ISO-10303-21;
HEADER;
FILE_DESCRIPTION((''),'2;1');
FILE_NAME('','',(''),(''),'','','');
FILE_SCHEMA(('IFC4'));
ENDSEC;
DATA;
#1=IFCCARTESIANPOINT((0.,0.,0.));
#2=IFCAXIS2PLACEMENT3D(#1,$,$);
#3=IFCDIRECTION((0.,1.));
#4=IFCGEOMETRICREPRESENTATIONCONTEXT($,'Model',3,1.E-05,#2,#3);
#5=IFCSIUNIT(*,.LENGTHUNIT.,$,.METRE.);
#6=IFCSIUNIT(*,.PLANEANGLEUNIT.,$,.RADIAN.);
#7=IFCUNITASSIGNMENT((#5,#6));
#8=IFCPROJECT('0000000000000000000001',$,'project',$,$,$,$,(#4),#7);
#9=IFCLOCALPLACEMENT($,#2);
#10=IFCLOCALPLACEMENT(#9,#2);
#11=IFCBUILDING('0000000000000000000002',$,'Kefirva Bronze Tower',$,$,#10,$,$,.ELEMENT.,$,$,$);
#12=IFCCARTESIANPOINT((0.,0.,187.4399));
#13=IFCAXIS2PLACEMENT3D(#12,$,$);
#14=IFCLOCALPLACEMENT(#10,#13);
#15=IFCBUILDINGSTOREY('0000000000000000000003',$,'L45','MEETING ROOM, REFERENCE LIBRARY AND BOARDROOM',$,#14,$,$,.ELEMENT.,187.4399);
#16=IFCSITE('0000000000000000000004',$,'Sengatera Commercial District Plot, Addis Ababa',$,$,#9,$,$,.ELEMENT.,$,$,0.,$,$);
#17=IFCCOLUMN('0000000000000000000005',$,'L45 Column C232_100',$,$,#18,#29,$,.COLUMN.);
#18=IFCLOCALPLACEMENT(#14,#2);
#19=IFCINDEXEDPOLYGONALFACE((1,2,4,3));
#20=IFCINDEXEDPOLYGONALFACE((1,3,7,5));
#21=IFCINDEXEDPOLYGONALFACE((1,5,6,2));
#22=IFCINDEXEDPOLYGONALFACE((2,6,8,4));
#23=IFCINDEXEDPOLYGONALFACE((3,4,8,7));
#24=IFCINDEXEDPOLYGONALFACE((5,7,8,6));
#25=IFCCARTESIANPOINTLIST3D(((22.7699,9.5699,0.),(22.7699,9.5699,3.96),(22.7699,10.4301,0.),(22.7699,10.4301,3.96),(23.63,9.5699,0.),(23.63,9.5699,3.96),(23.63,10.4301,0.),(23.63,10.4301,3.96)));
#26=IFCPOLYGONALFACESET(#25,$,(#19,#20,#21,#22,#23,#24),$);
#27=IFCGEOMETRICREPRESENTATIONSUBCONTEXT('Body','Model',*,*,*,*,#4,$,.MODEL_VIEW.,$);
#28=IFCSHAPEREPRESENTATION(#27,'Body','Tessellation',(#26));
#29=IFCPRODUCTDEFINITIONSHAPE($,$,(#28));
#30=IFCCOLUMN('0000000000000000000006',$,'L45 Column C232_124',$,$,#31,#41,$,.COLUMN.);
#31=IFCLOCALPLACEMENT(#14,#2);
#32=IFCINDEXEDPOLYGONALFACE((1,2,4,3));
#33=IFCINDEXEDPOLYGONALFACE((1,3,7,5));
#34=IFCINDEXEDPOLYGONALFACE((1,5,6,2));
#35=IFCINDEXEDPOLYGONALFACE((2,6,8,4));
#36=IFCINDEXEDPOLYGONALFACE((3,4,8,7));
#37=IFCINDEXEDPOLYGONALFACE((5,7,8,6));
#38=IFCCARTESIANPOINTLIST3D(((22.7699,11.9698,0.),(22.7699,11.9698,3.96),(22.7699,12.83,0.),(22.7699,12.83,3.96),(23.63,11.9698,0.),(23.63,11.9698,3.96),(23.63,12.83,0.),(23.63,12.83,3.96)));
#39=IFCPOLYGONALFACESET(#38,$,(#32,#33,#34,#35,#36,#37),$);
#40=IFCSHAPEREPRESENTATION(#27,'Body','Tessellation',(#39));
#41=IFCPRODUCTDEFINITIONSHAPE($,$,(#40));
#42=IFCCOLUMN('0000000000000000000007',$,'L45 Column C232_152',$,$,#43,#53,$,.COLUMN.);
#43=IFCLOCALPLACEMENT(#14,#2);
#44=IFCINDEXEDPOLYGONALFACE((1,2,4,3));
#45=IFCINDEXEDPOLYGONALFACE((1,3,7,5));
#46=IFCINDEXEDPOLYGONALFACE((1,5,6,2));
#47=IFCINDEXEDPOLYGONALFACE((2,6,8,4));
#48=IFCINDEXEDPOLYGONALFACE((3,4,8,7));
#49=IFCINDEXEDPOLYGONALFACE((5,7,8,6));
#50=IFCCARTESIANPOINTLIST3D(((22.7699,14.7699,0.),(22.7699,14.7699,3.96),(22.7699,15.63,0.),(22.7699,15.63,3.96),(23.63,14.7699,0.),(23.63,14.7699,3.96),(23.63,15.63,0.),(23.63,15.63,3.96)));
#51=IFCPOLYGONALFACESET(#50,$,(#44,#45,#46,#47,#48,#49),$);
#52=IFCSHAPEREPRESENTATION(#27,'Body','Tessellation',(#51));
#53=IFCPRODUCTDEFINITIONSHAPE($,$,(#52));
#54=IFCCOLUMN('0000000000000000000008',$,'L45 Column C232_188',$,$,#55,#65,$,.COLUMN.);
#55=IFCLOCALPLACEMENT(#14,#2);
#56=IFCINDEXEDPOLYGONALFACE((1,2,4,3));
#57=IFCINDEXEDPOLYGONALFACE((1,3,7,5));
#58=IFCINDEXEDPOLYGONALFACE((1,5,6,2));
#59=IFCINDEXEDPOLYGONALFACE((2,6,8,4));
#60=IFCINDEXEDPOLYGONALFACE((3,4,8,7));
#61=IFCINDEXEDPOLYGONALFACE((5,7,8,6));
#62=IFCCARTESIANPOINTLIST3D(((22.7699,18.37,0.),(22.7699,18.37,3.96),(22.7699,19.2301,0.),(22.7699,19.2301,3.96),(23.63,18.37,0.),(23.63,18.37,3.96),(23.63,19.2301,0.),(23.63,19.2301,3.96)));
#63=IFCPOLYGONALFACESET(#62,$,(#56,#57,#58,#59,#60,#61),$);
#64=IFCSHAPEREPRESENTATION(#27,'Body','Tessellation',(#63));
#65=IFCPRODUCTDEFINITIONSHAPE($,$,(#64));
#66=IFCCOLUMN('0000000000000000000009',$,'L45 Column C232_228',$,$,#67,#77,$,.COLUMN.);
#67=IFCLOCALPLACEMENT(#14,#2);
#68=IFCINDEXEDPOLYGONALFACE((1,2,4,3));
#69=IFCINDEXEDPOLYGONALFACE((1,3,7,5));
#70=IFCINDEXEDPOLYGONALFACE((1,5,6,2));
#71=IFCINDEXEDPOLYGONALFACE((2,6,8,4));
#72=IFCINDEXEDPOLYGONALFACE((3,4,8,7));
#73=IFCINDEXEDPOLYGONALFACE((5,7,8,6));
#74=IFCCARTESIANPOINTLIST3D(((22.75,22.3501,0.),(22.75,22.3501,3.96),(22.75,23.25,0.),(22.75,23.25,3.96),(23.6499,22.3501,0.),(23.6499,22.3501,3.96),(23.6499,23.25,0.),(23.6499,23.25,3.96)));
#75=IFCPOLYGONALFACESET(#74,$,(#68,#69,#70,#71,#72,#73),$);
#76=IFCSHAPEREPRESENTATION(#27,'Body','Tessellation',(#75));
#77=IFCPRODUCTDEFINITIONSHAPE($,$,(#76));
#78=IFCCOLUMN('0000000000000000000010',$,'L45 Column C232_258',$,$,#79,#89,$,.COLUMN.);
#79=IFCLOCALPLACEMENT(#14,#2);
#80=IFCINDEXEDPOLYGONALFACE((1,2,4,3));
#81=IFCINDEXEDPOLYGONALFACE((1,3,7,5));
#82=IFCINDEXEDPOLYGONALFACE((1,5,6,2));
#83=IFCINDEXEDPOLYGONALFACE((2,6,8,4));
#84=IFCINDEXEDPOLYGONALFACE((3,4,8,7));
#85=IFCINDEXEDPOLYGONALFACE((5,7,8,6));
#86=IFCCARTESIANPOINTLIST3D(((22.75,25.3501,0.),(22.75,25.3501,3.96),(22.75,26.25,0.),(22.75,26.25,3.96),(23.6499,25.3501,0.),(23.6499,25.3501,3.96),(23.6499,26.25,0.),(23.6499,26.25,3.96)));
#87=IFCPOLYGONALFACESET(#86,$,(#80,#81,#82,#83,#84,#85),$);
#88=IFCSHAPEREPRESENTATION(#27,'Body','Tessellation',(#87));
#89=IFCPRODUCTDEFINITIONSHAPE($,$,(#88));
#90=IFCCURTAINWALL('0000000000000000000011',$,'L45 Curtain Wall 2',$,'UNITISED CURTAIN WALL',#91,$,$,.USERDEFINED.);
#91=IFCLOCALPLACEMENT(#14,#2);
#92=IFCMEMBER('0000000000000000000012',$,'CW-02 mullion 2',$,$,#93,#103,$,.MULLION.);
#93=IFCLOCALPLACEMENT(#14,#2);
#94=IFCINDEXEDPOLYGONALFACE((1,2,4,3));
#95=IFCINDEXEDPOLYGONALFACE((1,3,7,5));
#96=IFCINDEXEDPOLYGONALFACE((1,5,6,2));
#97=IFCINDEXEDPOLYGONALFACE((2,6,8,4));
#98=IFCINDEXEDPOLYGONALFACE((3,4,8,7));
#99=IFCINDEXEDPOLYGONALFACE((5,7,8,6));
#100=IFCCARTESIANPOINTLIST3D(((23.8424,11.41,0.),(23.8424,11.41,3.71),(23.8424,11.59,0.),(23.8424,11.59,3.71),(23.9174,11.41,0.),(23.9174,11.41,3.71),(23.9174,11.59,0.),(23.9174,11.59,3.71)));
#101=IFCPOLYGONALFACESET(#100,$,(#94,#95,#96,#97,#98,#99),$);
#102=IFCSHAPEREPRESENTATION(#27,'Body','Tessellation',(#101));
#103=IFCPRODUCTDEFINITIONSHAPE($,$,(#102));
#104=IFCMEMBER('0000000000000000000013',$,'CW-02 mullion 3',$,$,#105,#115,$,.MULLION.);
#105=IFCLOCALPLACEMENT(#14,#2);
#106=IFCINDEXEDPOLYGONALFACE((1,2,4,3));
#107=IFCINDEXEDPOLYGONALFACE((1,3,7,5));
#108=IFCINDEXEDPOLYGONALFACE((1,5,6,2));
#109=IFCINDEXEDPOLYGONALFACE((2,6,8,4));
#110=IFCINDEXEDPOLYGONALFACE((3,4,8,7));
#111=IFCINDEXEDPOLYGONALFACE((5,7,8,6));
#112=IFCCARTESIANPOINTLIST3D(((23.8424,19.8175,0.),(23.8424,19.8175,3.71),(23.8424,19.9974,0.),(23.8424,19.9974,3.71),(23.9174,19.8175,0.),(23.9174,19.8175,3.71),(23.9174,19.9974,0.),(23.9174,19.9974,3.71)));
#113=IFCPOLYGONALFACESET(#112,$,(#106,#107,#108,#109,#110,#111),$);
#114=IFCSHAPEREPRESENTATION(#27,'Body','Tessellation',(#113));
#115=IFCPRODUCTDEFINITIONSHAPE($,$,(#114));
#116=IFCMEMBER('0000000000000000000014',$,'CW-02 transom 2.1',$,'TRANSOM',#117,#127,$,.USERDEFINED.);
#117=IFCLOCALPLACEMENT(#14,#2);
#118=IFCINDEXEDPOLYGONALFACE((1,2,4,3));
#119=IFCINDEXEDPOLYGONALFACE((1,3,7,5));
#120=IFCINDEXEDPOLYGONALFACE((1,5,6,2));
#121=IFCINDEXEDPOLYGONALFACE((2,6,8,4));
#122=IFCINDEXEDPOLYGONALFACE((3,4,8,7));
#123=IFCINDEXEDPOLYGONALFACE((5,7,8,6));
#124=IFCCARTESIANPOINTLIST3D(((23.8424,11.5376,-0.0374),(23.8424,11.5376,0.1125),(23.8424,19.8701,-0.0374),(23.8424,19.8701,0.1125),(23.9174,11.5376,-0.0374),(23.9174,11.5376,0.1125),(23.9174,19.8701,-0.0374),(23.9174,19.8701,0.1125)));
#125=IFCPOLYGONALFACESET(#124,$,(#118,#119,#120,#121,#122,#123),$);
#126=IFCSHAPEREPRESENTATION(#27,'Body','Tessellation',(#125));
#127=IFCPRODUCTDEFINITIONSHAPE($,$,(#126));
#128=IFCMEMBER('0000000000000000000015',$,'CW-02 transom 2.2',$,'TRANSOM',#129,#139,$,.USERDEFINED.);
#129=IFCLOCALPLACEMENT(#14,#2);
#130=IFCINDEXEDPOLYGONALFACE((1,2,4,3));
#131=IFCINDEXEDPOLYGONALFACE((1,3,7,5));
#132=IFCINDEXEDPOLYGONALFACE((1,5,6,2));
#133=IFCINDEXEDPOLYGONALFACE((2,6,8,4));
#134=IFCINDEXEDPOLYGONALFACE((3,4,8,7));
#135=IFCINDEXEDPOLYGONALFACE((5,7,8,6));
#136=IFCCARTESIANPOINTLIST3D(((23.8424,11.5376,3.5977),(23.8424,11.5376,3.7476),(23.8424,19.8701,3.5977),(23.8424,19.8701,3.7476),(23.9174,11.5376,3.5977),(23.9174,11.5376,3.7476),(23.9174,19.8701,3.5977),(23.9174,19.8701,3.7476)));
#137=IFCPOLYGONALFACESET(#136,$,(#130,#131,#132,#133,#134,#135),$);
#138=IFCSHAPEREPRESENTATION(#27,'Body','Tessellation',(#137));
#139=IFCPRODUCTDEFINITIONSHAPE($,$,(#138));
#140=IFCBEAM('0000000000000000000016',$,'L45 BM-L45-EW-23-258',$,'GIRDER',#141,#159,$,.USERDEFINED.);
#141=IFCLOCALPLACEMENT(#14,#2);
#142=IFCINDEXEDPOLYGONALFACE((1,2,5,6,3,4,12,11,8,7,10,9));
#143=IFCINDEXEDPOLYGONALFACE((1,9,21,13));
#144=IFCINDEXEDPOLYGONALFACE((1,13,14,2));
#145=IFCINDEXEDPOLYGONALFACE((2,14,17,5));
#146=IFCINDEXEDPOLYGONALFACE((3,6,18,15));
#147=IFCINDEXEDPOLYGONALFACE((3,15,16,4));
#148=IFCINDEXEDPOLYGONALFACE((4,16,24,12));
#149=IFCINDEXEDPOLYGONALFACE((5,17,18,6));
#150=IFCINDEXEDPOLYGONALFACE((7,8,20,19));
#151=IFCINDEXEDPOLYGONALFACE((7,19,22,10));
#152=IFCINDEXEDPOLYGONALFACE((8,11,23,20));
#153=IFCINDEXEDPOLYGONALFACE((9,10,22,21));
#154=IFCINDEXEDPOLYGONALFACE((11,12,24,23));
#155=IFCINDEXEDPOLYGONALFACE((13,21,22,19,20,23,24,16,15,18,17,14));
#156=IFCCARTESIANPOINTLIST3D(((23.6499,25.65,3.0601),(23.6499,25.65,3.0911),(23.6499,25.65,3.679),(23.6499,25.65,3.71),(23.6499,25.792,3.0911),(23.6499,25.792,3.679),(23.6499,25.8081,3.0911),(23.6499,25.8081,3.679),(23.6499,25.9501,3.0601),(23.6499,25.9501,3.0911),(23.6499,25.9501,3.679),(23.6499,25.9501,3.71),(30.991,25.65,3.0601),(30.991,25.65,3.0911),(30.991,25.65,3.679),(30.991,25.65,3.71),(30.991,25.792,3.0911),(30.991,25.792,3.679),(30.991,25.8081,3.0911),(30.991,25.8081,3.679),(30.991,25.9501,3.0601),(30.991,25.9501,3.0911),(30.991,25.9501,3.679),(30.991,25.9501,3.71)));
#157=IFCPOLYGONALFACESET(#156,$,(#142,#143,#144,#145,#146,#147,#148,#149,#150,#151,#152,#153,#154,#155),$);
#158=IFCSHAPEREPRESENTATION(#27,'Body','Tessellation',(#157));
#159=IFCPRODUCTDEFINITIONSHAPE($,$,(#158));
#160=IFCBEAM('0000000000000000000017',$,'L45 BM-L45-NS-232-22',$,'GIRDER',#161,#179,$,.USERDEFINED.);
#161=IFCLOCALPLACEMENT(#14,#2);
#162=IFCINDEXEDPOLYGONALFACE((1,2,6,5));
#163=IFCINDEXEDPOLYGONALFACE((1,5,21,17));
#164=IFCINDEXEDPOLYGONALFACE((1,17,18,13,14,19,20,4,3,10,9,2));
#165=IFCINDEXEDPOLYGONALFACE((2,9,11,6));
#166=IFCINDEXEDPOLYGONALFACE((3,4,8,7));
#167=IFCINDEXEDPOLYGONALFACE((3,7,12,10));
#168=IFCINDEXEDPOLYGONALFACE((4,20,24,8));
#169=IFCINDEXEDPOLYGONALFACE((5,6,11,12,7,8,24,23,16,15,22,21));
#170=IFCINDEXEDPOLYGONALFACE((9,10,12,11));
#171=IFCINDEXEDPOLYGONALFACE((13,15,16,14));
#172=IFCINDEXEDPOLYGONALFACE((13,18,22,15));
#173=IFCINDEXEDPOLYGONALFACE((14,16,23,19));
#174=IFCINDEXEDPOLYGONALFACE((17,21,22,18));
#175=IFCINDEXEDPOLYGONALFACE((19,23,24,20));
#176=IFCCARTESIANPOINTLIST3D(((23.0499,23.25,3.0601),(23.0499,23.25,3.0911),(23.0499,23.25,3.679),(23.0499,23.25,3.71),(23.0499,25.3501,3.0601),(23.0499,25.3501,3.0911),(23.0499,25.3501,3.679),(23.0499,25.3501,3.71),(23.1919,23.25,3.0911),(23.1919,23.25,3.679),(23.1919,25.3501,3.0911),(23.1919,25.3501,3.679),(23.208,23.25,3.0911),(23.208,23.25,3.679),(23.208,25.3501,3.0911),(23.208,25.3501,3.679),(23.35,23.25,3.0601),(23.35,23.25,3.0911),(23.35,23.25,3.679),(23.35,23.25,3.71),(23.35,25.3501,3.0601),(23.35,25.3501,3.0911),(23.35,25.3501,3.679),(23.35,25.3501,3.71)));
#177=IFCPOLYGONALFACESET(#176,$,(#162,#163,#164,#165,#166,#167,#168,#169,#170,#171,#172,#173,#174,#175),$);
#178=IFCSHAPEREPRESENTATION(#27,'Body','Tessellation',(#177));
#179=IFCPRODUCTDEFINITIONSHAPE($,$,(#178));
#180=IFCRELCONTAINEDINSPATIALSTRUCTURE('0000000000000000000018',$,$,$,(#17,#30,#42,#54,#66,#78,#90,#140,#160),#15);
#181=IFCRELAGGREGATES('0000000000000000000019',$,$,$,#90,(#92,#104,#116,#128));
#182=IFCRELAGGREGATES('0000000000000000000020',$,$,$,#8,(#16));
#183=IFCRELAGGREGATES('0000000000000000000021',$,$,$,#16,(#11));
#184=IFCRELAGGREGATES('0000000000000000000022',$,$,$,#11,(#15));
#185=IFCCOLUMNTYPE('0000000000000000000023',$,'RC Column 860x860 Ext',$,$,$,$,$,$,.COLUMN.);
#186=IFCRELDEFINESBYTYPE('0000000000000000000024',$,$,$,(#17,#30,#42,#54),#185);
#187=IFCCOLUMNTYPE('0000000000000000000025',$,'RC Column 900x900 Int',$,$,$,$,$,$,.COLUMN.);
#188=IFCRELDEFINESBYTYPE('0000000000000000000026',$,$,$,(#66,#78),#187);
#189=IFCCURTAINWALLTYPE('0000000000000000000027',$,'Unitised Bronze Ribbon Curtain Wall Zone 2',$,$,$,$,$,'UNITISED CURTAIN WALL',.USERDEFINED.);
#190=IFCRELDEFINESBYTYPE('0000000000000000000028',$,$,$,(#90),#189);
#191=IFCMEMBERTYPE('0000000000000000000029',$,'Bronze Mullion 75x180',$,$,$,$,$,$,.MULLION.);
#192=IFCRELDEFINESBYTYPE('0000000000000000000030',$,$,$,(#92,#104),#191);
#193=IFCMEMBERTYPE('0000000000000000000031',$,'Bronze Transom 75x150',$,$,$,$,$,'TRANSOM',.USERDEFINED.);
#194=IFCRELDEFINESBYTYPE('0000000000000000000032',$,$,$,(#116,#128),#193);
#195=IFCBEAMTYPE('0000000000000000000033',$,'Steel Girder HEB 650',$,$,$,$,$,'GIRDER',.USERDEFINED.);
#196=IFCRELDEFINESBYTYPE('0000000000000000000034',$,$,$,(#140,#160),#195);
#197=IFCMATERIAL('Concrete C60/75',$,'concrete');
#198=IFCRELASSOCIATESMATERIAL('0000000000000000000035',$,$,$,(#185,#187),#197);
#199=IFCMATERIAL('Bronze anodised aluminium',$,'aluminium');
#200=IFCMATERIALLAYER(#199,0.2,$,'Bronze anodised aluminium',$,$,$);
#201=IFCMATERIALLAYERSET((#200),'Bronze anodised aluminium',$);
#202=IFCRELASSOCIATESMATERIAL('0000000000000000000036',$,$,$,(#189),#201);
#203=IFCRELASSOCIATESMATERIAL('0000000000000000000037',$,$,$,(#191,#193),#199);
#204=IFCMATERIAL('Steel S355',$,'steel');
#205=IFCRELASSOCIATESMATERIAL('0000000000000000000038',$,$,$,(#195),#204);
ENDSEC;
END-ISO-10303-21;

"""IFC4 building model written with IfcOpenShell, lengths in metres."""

from ifc_helpers import new_model, si_unit, direction, frame, origin, origin_2d, place, context, subcontext, project, spatial, rectangle, i_section, extrude, material, layer, layer_set, material_profile, profile_set, type_object, element, aggregate, save


model = new_model("IFC4")

# Units and contexts
model_context = context("Model", 3, precision=1e-05, world=origin(), true_north=direction((0.0, 1.0)))
body_context = subcontext(model_context, "Body", "Model", "MODEL_VIEW")
ifc_project = project(units=[si_unit("LENGTHUNIT", "METRE"), si_unit("PLANEANGLEUNIT", "RADIAN")], contexts=[model_context])

# Site, building, storey
site_placement = place(None, origin())
site = spatial("IfcSite", under=ifc_project, at=site_placement, Name="Sengatera Commercial District Plot, Addis Ababa", CompositionType="ELEMENT", RefElevation=0.0)
building_placement = place(site_placement, origin())
building = spatial("IfcBuilding", under=site, at=building_placement, Name="Kefirva Bronze Tower", CompositionType="ELEMENT")
storey_placement = place(building_placement, frame((0.0, 0.0, 187.4399)))
storey = spatial("IfcBuildingStorey", under=building, at=storey_placement, Name="L45", Description="MEETING ROOM, REFERENCE LIBRARY AND BOARDROOM", CompositionType="ELEMENT", Elevation=187.4399)

# Columns
ifc_material_1 = material(Name="Concrete C60/75", Category="concrete")
ifc_material_profile_1 = material_profile(ifc_material_1, rectangle(XDim=0.8601, YDim=0.8601, at=origin_2d()), Name="RC 860x860")
ifc_profile_set_1 = profile_set([ifc_material_profile_1], Name="Concrete C60/75")
column_type_1 = type_object("IfcColumnType", Name="RC Column 860x860 Ext", PredefinedType="COLUMN", material=ifc_profile_set_1)
for number, where, z_axis, x_axis, name in (
    (1, (23.2, 10.0, 0.0), (0.0, 0.0, 1.0), (1.0, 0.0, 0.0), "L45 Column C232_100"),
    (2, (23.2, 12.3999, 0.0), (0.0, 0.0, 1.0), (1.0, 0.0, 0.0), "L45 Column C232_124"),
    (3, (23.2, 15.2, 0.0), (0.0, 0.0, 1.0), (1.0, 0.0, 0.0), "L45 Column C232_152"),
    (4, (23.2, 18.8, 0.0), (0.0, 0.0, 1.0), (1.0, 0.0, 0.0), "L45 Column C232_188"),
):
    element("IfcColumn", number, at=place(storey_placement, frame(where, z_axis=z_axis, x_axis=x_axis)), inside=storey, type_object=column_type_1, Name=name, PredefinedType="COLUMN", context=body_context, shape_type="SweptSolid", body=[
        extrude(rectangle(XDim=0.8601, YDim=0.8601, at=origin_2d()), origin(), (0.0, 0.0, 1.0), 3.96),
    ])
ifc_material_profile_2 = material_profile(ifc_material_1, rectangle(XDim=0.8999, YDim=0.8999, at=origin_2d()), Name="RC 900x900")
ifc_profile_set_2 = profile_set([ifc_material_profile_2], Name="Concrete C60/75")
column_type_2 = type_object("IfcColumnType", Name="RC Column 900x900 Int", PredefinedType="COLUMN", material=ifc_profile_set_2)
for number, where, z_axis, x_axis, name in (
    (5, (23.2, 22.8, 0.0), (0.0, 0.0, 1.0), (1.0, 0.0, 0.0), "L45 Column C232_228"),
    (6, (23.2, 25.8, 0.0), (0.0, 0.0, 1.0), (1.0, 0.0, 0.0), "L45 Column C232_258"),
):
    element("IfcColumn", number, at=place(storey_placement, frame(where, z_axis=z_axis, x_axis=x_axis)), inside=storey, type_object=column_type_2, Name=name, PredefinedType="COLUMN", context=body_context, shape_type="SweptSolid", body=[
        extrude(rectangle(XDim=0.8999, YDim=0.8999, at=origin_2d()), origin(), (0.0, 0.0, 1.0), 3.96),
    ])

# Curtain wall, members
ifc_material_2 = material(Name="Bronze anodised aluminium", Category="aluminium")
ifc_layer_1 = layer(ifc_material_2, 0.2, Name="Bronze anodised aluminium")
ifc_layer_set_1 = layer_set([ifc_layer_1], Name="Bronze anodised aluminium")
curtain_wall_type = type_object("IfcCurtainWallType", Name="Unitised Bronze Ribbon Curtain Wall Zone 2", ElementType="UNITISED CURTAIN WALL", PredefinedType="USERDEFINED", material=ifc_layer_set_1)
curtain_wall_placement = place(storey_placement, origin())
curtain_wall = element("IfcCurtainWall", 7, at=curtain_wall_placement, inside=storey, type_object=curtain_wall_type, Name="L45 Curtain Wall 2", ObjectType="UNITISED CURTAIN WALL", PredefinedType="USERDEFINED")
ifc_material_profile_3 = material_profile(ifc_material_2, rectangle(XDim=0.075, YDim=0.1799, at=origin_2d()), Name="ALU 75x180")
ifc_profile_set_3 = profile_set([ifc_material_profile_3], Name="Bronze anodised aluminium")
member_type_1 = type_object("IfcMemberType", Name="Bronze Mullion 75x180", PredefinedType="MULLION", material=ifc_profile_set_3)
member_1_placement = place(storey_placement, frame((23.8799, 11.5, 0.0), z_axis=(0.0, 0.0, 1.0), x_axis=(-1.0, 0.0, 0.0)))
member_1 = element("IfcMember", 8, at=member_1_placement, type_object=member_type_1, Name="CW-02 mullion 2", PredefinedType="MULLION", context=body_context, shape_type="SweptSolid", body=[
    extrude(rectangle(XDim=0.075, YDim=0.1799, at=origin_2d()), origin(), (0.0, 0.0, 1.0), 3.71),
])
member_2_placement = place(storey_placement, frame((23.8799, 19.9075, 0.0), z_axis=(0.0, 0.0, 1.0), x_axis=(-1.0, 0.0, 0.0)))
member_2 = element("IfcMember", 9, at=member_2_placement, type_object=member_type_1, Name="CW-02 mullion 3", PredefinedType="MULLION", context=body_context, shape_type="SweptSolid", body=[
    extrude(rectangle(XDim=0.075, YDim=0.1799, at=origin_2d()), origin(), (0.0, 0.0, 1.0), 3.71),
])
ifc_material_profile_4 = material_profile(ifc_material_2, rectangle(XDim=0.075, YDim=0.1499, at=origin_2d()), Name="ALU 75x150")
ifc_profile_set_4 = profile_set([ifc_material_profile_4], Name="Bronze anodised aluminium")
member_type_2 = type_object("IfcMemberType", Name="Bronze Transom 75x150", ElementType="TRANSOM", PredefinedType="USERDEFINED", material=ifc_profile_set_4)
member_3_placement = place(storey_placement, frame((23.8799, 11.5376, 0.0376), z_axis=(0.0, 1.0, 0.0), x_axis=(-1.0, 0.0, 0.0)))
member_3 = element("IfcMember", 10, at=member_3_placement, type_object=member_type_2, Name="CW-02 transom 2.1", ObjectType="TRANSOM", PredefinedType="USERDEFINED", context=body_context, shape_type="SweptSolid", body=[
    extrude(rectangle(XDim=0.075, YDim=0.1499, at=origin_2d()), origin(), (0.0, 0.0, 1.0), 8.3325),
])
member_4_placement = place(storey_placement, frame((23.8799, 11.5376, 3.6726), z_axis=(0.0, 1.0, 0.0), x_axis=(-1.0, 0.0, 0.0)))
member_4 = element("IfcMember", 11, at=member_4_placement, type_object=member_type_2, Name="CW-02 transom 2.2", ObjectType="TRANSOM", PredefinedType="USERDEFINED", context=body_context, shape_type="SweptSolid", body=[
    extrude(rectangle(XDim=0.075, YDim=0.1499, at=origin_2d()), origin(), (0.0, 0.0, 1.0), 8.3325),
])

# Beams
ifc_material_3 = material(Name="Steel S355", Category="steel")
ifc_material_profile_5 = material_profile(ifc_material_3, i_section(OverallWidth=0.3, OverallDepth=0.6499, WebThickness=0.0161, FlangeThickness=0.031, at=origin_2d()), Name="HEB 650")
ifc_profile_set_5 = profile_set([ifc_material_profile_5], Name="Steel S355")
beam_type_1 = type_object("IfcBeamType", Name="Steel Girder HEB 650", ElementType="GIRDER", PredefinedType="USERDEFINED", material=ifc_profile_set_5)
beam_1_placement = place(storey_placement, frame((23.6499, 25.8, 3.385), z_axis=(1.0, 0.0, 0.0), x_axis=(0.0, 1.0, 0.0)))
element("IfcBeam", 12, at=beam_1_placement, inside=storey, type_object=beam_type_1, Name="L45 BM-L45-EW-23-258", ObjectType="GIRDER", PredefinedType="USERDEFINED", context=body_context, shape_type="SweptSolid", body=[
    extrude(i_section(OverallWidth=0.3, OverallDepth=0.6499, WebThickness=0.0161, FlangeThickness=0.031, at=origin_2d()), origin(), (0.0, 0.0, 1.0), 7.3411),
])
beam_2_placement = place(storey_placement, frame((23.2, 23.25, 3.385), z_axis=(0.0, 1.0, 0.0), x_axis=(-1.0, 0.0, 0.0)))
element("IfcBeam", 13, at=beam_2_placement, inside=storey, type_object=beam_type_1, Name="L45 BM-L45-NS-232-22", ObjectType="GIRDER", PredefinedType="USERDEFINED", context=body_context, shape_type="SweptSolid", body=[
    extrude(i_section(OverallWidth=0.3, OverallDepth=0.6499, WebThickness=0.0161, FlangeThickness=0.031, at=origin_2d()), origin(), (0.0, 0.0, 1.0), 2.1001),
])

aggregate(curtain_wall, [member_1, member_2, member_3, member_4])

save(model, "model.ifc")
